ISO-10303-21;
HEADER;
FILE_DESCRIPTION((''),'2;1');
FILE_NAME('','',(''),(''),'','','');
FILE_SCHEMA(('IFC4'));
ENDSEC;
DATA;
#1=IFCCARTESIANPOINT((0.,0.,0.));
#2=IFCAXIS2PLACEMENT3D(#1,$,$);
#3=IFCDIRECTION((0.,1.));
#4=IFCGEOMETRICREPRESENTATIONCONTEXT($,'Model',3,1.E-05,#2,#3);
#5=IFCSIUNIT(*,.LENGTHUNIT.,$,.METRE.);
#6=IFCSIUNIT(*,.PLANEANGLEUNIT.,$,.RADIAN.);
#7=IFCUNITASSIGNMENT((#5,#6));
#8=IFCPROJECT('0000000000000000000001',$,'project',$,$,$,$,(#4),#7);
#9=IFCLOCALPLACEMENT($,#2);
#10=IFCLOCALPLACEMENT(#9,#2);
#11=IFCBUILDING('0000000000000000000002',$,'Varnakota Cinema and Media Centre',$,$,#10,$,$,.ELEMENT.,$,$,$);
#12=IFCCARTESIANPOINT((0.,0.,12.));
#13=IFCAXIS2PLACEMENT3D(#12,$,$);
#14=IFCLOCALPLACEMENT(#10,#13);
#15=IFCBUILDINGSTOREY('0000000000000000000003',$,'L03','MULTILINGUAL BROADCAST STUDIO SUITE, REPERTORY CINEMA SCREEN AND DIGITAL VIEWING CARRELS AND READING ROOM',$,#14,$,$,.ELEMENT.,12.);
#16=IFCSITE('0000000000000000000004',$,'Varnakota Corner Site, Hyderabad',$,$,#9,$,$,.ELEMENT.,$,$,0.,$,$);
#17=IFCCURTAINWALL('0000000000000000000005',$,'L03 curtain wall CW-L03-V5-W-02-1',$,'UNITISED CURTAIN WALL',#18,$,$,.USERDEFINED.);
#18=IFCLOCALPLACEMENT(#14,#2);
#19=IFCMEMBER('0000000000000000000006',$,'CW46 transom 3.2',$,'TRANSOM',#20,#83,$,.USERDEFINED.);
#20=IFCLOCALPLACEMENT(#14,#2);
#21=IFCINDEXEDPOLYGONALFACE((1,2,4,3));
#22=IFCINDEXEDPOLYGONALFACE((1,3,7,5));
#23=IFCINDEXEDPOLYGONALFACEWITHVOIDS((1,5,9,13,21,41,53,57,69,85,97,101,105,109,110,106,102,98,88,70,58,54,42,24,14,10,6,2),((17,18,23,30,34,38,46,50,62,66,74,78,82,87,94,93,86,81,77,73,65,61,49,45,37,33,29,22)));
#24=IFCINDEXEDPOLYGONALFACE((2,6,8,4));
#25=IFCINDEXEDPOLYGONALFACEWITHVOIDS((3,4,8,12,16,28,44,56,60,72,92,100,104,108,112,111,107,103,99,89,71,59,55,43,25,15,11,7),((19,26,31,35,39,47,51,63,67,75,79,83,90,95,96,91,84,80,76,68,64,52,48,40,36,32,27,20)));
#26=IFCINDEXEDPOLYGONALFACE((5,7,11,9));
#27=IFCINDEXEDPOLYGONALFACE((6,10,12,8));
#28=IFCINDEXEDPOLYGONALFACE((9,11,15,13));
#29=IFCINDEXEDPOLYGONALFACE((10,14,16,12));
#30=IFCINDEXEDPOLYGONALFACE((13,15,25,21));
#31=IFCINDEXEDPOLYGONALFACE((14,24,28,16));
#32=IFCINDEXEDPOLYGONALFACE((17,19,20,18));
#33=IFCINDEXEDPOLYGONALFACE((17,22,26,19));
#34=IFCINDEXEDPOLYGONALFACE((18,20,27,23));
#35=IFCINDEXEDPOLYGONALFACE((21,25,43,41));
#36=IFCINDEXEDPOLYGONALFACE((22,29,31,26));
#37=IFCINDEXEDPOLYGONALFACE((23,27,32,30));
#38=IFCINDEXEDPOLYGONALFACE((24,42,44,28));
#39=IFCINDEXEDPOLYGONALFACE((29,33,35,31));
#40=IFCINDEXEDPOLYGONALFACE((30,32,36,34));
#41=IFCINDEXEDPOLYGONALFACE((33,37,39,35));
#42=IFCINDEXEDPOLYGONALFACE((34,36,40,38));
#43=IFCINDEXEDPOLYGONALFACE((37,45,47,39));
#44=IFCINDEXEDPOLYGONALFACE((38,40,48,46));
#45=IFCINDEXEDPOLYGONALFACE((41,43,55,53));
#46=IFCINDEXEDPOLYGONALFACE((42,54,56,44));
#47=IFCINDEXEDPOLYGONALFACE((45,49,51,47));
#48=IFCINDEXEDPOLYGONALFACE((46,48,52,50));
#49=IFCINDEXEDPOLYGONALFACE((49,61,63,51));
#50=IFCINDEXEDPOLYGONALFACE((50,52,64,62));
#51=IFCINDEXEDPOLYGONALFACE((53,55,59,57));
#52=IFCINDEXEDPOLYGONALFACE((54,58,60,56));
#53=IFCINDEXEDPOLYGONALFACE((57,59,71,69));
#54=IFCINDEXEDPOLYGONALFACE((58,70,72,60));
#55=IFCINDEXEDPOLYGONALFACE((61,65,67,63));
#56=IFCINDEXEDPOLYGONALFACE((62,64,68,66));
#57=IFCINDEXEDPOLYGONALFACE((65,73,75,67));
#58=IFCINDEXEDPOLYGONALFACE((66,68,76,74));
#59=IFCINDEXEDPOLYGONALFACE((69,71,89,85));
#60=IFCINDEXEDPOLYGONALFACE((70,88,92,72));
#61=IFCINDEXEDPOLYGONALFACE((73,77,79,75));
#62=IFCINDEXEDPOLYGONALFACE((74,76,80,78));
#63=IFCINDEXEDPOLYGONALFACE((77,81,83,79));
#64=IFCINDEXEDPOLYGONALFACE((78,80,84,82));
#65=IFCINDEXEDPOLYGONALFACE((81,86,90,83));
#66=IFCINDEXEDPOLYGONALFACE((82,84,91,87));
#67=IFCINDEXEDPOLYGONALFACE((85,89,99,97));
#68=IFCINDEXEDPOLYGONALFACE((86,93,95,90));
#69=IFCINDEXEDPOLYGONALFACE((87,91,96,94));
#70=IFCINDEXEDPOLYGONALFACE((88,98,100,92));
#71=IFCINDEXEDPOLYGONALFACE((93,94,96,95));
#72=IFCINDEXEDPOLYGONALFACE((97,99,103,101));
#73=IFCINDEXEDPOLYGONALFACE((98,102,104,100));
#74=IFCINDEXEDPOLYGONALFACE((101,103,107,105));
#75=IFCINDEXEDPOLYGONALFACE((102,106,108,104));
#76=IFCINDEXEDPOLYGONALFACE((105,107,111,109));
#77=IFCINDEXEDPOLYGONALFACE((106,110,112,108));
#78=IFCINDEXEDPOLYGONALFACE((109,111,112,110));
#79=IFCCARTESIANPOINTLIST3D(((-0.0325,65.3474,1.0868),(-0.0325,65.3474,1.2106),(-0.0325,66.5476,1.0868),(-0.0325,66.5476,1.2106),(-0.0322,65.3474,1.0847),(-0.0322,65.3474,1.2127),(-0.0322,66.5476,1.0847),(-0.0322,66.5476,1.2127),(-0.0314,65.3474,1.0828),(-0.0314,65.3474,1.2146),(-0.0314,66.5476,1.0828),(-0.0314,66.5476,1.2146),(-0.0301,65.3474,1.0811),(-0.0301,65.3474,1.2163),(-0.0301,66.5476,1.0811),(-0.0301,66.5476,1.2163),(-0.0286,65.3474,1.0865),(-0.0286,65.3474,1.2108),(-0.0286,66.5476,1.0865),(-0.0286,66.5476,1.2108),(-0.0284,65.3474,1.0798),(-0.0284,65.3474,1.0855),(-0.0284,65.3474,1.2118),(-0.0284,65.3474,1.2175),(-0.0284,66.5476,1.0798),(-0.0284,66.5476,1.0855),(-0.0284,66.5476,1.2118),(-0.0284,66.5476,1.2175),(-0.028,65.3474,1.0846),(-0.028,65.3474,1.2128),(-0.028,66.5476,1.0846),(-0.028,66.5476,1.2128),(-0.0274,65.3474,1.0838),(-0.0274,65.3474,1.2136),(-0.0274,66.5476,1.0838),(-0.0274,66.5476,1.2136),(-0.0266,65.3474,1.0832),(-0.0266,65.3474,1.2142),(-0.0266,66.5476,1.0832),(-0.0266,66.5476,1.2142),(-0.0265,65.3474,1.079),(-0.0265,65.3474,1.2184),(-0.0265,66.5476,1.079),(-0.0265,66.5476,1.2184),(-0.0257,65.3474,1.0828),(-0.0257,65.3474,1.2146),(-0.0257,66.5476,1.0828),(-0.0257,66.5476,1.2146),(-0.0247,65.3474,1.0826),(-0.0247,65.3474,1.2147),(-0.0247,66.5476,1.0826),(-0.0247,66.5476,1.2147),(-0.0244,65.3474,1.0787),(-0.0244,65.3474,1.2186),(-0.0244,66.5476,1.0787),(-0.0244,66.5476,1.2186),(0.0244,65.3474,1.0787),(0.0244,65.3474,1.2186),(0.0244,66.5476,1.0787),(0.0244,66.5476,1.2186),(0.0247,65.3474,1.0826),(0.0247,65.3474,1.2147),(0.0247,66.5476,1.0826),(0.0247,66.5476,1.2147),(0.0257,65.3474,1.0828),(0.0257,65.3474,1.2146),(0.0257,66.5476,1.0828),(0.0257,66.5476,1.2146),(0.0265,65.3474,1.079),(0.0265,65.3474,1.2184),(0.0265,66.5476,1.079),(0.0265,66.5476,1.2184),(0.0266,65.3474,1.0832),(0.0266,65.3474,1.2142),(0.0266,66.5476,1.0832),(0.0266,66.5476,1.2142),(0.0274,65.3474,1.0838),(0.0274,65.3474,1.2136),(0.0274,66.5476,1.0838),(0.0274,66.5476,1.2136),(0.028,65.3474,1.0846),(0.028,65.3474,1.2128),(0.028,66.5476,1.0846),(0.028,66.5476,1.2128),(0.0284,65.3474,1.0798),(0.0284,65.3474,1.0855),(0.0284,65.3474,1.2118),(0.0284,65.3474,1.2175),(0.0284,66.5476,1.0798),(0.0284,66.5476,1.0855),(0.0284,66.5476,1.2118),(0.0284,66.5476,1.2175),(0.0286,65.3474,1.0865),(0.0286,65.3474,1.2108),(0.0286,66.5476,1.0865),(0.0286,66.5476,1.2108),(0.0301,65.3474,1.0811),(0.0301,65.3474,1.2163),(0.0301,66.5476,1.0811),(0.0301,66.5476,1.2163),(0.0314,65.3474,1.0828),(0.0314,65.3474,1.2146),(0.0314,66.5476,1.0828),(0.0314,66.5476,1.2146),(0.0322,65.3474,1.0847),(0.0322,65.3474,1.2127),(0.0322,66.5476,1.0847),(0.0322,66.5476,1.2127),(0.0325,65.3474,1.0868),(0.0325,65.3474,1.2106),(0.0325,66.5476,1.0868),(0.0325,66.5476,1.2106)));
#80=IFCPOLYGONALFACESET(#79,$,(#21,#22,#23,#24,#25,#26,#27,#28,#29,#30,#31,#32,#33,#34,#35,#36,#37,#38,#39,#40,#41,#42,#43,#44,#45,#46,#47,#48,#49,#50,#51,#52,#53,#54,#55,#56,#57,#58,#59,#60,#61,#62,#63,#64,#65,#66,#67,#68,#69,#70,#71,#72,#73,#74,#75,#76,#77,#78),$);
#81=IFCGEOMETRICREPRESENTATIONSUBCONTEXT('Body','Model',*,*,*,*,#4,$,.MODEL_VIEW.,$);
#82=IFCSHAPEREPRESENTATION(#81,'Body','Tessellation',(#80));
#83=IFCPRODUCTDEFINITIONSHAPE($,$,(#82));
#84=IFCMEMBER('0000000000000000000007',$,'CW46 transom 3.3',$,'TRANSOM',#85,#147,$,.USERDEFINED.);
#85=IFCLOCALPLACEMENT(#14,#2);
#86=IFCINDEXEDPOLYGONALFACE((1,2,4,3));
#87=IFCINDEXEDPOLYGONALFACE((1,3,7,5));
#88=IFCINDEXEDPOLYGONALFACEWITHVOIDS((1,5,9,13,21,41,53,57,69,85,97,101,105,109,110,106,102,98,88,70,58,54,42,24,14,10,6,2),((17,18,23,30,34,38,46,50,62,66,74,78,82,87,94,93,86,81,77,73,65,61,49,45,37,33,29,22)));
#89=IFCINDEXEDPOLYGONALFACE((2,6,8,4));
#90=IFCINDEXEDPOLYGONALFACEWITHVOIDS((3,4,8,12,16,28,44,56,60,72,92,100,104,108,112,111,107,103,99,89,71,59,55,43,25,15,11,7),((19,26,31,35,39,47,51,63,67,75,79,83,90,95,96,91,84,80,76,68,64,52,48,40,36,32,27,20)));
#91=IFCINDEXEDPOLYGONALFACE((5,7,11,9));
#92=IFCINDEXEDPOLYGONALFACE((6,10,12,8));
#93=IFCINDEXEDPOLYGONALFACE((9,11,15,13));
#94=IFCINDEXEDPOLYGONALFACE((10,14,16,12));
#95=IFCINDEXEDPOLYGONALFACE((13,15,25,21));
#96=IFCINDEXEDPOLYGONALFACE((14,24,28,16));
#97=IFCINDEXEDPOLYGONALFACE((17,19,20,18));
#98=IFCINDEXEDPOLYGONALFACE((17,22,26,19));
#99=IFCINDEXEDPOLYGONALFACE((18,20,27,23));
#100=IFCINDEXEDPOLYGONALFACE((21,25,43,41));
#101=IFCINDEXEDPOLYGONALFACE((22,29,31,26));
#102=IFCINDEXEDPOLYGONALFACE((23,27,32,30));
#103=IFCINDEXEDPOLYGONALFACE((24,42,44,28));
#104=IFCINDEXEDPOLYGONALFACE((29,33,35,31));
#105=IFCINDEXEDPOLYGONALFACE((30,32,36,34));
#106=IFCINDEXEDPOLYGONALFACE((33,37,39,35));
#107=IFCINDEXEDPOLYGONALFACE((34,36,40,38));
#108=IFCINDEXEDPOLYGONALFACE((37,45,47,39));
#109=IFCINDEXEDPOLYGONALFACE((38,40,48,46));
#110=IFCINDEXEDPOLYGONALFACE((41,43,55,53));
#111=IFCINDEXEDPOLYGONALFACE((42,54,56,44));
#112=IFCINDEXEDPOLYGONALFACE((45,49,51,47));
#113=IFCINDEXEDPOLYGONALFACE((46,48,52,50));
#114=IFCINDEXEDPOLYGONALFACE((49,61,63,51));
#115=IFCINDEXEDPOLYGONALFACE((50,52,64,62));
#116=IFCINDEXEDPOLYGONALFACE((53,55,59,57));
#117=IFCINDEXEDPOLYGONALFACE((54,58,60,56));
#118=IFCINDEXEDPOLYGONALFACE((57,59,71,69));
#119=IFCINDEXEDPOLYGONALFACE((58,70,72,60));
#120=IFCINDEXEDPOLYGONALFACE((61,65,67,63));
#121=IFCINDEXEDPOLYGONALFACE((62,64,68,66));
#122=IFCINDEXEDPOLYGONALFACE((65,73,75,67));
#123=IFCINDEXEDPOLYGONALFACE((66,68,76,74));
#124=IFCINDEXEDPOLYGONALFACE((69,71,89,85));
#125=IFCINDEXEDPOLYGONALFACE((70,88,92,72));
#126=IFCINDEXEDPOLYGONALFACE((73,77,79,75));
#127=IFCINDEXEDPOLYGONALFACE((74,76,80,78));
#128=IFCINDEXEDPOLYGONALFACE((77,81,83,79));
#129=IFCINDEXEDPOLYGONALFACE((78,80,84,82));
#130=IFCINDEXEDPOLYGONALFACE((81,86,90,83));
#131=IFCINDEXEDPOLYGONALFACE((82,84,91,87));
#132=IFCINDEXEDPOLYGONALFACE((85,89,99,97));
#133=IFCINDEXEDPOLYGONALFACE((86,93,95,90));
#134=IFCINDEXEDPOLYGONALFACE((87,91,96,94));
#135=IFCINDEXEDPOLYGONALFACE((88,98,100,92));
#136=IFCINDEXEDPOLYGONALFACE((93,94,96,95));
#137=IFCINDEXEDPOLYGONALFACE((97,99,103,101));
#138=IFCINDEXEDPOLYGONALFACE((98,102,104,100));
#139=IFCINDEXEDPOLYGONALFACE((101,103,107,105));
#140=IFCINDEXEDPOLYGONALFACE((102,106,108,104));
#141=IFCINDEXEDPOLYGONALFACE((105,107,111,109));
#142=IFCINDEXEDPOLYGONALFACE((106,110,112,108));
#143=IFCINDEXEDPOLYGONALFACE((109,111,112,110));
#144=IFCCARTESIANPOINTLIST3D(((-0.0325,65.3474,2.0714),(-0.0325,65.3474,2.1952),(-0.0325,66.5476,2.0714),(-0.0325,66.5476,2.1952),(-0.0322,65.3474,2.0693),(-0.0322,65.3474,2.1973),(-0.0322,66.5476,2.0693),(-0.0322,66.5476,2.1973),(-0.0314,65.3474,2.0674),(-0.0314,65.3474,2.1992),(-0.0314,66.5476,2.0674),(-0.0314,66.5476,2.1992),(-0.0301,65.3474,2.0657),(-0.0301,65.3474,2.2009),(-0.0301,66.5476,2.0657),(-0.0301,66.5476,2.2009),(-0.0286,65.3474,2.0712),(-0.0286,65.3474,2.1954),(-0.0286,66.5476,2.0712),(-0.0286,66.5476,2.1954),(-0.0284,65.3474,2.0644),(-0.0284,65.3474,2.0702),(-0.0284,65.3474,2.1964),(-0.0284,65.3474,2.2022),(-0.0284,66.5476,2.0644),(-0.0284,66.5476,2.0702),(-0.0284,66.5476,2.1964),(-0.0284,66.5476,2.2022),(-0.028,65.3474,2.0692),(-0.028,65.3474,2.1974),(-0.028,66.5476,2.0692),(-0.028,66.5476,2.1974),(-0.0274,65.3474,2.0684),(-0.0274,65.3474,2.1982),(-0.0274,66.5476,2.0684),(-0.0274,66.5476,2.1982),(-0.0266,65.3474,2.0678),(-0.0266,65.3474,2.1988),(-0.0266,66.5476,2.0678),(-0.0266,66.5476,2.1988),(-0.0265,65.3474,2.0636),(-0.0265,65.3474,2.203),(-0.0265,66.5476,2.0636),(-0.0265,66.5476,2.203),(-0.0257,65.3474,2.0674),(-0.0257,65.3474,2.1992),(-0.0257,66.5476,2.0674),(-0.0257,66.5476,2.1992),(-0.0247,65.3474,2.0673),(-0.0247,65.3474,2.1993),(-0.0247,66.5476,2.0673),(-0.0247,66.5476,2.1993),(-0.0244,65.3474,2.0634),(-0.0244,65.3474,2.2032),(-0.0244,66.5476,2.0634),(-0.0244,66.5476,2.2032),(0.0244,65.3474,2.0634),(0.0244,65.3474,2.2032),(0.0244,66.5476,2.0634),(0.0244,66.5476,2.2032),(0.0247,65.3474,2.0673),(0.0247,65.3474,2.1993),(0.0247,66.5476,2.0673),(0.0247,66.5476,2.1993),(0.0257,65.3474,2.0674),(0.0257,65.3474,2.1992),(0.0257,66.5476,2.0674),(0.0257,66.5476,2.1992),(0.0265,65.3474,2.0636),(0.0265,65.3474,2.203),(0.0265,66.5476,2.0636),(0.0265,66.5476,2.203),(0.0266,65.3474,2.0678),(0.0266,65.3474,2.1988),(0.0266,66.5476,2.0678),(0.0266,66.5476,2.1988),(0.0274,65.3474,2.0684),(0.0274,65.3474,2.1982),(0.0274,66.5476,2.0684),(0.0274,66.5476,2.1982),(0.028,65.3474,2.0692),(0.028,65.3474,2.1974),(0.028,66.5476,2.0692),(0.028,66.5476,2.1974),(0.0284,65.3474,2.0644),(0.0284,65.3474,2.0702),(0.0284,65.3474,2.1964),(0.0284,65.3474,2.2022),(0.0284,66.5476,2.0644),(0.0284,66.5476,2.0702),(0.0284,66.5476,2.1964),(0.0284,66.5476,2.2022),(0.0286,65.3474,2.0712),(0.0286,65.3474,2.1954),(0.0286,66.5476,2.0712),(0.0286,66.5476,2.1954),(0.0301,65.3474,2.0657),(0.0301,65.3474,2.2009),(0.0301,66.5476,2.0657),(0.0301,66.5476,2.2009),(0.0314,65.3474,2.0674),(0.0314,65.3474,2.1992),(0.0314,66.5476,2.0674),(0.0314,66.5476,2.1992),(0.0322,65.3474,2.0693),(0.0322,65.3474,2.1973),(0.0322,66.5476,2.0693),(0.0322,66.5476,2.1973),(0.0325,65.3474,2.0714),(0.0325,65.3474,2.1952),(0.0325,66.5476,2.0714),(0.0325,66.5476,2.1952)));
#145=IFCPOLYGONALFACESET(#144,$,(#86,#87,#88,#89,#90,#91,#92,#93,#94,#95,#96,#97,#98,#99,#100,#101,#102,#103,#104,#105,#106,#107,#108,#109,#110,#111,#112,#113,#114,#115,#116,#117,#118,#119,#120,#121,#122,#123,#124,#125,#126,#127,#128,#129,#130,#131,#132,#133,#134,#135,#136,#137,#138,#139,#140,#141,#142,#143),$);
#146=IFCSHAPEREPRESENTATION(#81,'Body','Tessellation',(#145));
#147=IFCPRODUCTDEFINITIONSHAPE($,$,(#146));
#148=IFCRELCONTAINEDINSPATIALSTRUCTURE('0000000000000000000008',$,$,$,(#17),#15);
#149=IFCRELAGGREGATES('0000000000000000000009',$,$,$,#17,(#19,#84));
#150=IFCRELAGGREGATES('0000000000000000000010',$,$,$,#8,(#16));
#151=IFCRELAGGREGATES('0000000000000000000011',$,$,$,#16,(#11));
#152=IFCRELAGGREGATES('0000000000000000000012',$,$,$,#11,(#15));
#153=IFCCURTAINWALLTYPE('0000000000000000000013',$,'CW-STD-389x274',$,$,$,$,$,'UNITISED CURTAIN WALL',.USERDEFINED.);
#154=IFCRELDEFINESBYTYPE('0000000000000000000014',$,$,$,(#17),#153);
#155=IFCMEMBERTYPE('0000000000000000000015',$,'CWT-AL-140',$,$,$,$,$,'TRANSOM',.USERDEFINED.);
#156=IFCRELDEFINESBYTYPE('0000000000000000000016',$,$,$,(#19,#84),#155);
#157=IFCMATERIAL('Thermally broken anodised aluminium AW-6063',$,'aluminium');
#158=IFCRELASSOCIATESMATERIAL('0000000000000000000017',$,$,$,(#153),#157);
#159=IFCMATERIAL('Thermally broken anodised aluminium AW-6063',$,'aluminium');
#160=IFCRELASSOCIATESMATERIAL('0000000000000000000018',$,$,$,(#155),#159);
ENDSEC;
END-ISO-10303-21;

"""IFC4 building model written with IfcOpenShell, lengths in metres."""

from ifc_helpers import new_model, si_unit, direction, frame, origin, origin_2d, place, context, subcontext, project, spatial, hollow_rectangle, extrude, material, material_profile, profile_set, type_object, element, aggregate, save


model = new_model("IFC4")

# Units and contexts
model_context = context("Model", 3, precision=1e-05, world=origin(), true_north=direction((0.0, 1.0)))
body_context = subcontext(model_context, "Body", "Model", "MODEL_VIEW")
ifc_project = project(units=[si_unit("LENGTHUNIT", "METRE"), si_unit("PLANEANGLEUNIT", "RADIAN")], contexts=[model_context])

# Site, building, storey
site_placement = place(None, origin())
site = spatial("IfcSite", under=ifc_project, at=site_placement, Name="Varnakota Corner Site, Hyderabad", CompositionType="ELEMENT", RefElevation=0.0)
building_placement = place(site_placement, origin())
building = spatial("IfcBuilding", under=site, at=building_placement, Name="Varnakota Cinema and Media Centre", CompositionType="ELEMENT")
storey_placement = place(building_placement, frame((0.0, 0.0, 12.0)))
storey = spatial("IfcBuildingStorey", under=building, at=storey_placement, Name="L03", Description="MULTILINGUAL BROADCAST STUDIO SUITE, REPERTORY CINEMA SCREEN AND DIGITAL VIEWING CARRELS AND READING ROOM", CompositionType="ELEMENT", Elevation=12.0)

# Curtain wall, members
ifc_material_1 = material(Name="Thermally broken anodised aluminium AW-6063", Category="aluminium")
curtain_wall_type = type_object("IfcCurtainWallType", Name="CW-STD-389x274", ElementType="UNITISED CURTAIN WALL", PredefinedType="USERDEFINED", material=ifc_material_1)
curtain_wall_placement = place(storey_placement, origin())
curtain_wall = element("IfcCurtainWall", 1, at=curtain_wall_placement, inside=storey, type_object=curtain_wall_type, Name="L03 curtain wall CW-L03-V5-W-02-1", ObjectType="UNITISED CURTAIN WALL", PredefinedType="USERDEFINED")
ifc_material_2 = material(Name="Thermally broken anodised aluminium AW-6063", Category="aluminium")
ifc_material_profile_1 = material_profile(ifc_material_2, hollow_rectangle(XDim=0.0649, YDim=0.1399, WallThickness=0.0039, InnerFilletRadius=0.0039, OuterFilletRadius=0.0081, at=origin_2d()), Name="AL-TRANSOM 140x65x4")
ifc_profile_set_1 = profile_set([ifc_material_profile_1], Name="Thermally broken anodised aluminium AW-6063")
member_type_1 = type_object("IfcMemberType", Name="CWT-AL-140", ElementType="TRANSOM", PredefinedType="USERDEFINED", material=ifc_profile_set_1)
member_1_placement = place(storey_placement, frame((0.0, 66.5476, 1.1487), z_axis=(0.0, -1.0, 0.0), x_axis=(1.0, 0.0, 0.0)))
member_1 = element("IfcMember", 2, at=member_1_placement, type_object=member_type_1, Name="CW46 transom 3.2", ObjectType="TRANSOM", PredefinedType="USERDEFINED", context=body_context, shape_type="SweptSolid", body=[
    extrude(hollow_rectangle(XDim=0.0649, YDim=0.1399, WallThickness=0.0039, InnerFilletRadius=0.0039, OuterFilletRadius=0.0081, at=origin_2d()), origin(), (0.0, 0.0, 1.0), 1.2002),
])
member_2_placement = place(storey_placement, frame((0.0, 66.5476, 2.1333), z_axis=(0.0, -1.0, 0.0), x_axis=(1.0, 0.0, 0.0)))
member_2 = element("IfcMember", 3, at=member_2_placement, type_object=member_type_1, Name="CW46 transom 3.3", ObjectType="TRANSOM", PredefinedType="USERDEFINED", context=body_context, shape_type="SweptSolid", body=[
    extrude(hollow_rectangle(XDim=0.0649, YDim=0.1399, WallThickness=0.0039, InnerFilletRadius=0.0039, OuterFilletRadius=0.0081, at=origin_2d()), origin(), (0.0, 0.0, 1.0), 1.2002),
])
aggregate(curtain_wall, [member_1, member_2])

save(model, "model.ifc")
